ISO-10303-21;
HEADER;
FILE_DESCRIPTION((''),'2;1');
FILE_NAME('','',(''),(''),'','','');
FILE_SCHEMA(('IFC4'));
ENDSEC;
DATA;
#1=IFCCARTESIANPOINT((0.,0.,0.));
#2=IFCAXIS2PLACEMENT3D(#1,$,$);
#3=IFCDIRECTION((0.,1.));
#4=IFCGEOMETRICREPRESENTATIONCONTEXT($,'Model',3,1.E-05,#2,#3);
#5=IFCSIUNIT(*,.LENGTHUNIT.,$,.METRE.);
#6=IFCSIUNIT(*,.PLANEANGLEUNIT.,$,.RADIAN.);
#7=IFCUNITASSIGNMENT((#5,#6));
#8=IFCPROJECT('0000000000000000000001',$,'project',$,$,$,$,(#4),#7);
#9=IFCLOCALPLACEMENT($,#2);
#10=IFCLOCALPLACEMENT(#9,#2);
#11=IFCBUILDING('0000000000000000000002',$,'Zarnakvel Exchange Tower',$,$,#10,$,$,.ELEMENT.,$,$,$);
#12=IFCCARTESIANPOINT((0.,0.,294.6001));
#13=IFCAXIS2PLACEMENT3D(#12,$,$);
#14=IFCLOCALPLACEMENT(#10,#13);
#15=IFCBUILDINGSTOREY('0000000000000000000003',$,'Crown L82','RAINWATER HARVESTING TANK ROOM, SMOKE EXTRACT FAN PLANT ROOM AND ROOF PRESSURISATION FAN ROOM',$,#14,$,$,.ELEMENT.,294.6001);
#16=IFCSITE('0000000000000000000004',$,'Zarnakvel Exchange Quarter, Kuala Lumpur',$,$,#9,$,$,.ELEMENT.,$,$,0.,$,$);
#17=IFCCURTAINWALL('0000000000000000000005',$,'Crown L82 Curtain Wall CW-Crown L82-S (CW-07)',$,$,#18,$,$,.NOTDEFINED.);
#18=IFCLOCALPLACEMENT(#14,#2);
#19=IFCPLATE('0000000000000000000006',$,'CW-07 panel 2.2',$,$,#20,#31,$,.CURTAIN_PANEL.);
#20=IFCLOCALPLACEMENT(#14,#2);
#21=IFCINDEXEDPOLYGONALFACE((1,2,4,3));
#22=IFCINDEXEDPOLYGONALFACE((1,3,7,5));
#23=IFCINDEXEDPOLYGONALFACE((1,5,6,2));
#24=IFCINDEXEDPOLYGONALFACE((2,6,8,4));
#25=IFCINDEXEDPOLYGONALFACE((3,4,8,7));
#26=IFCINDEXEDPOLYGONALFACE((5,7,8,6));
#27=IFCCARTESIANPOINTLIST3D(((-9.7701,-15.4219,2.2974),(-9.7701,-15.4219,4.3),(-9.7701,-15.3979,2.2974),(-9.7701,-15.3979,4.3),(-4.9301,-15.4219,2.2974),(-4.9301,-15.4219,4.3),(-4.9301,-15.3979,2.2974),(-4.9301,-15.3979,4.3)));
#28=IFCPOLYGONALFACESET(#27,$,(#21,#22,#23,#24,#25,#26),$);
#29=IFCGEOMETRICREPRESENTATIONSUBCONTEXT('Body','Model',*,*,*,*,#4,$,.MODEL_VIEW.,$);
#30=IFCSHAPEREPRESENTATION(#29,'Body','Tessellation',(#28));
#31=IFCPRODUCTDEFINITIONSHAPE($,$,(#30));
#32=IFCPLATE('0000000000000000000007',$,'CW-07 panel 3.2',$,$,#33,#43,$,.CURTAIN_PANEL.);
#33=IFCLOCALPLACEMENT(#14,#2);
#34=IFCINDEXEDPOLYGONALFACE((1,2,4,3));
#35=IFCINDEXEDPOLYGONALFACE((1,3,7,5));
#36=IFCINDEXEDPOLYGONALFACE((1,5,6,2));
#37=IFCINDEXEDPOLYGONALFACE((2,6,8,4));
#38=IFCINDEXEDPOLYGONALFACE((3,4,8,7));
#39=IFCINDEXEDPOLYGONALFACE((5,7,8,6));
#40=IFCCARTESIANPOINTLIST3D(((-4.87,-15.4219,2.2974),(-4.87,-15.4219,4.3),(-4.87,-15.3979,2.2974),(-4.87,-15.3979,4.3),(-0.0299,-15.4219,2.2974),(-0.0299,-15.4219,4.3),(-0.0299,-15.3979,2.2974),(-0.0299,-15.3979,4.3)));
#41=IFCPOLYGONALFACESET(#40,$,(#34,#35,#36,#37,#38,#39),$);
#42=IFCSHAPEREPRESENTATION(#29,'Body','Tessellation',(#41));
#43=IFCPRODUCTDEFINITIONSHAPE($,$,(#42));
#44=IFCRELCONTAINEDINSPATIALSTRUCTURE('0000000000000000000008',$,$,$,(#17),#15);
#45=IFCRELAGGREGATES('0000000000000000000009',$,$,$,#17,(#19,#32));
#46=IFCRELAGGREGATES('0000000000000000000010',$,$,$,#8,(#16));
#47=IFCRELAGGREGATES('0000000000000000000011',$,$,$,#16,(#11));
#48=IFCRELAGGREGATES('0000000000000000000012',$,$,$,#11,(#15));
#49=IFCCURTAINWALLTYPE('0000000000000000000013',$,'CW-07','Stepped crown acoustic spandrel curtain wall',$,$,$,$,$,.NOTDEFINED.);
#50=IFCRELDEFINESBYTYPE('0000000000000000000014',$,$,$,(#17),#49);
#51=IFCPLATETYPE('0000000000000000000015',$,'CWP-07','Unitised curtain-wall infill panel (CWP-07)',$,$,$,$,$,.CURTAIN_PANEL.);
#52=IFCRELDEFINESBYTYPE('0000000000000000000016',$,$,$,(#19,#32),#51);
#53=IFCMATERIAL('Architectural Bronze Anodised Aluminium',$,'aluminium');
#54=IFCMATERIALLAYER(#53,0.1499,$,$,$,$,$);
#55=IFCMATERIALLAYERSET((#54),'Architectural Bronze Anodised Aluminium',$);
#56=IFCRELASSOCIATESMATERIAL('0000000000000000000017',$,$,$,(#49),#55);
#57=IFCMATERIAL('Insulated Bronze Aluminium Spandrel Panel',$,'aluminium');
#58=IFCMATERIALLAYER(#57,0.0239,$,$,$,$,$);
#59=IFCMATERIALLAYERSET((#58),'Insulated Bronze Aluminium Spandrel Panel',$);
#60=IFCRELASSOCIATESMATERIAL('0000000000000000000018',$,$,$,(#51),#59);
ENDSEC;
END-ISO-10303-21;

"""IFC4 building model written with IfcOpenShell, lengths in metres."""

from ifc_helpers import new_model, si_unit, direction, frame, origin, origin_2d, place, context, subcontext, project, spatial, rectangle, extrude, source, transform, mapped, material, layer, layer_set, type_object, element, aggregate, save


model = new_model("IFC4")

# Units and contexts
model_context = context("Model", 3, precision=1e-05, world=origin(), true_north=direction((0.0, 1.0)))
body_context = subcontext(model_context, "Body", "Model", "MODEL_VIEW")
ifc_project = project(units=[si_unit("LENGTHUNIT", "METRE"), si_unit("PLANEANGLEUNIT", "RADIAN")], contexts=[model_context])

# Site, building, storey
site_placement = place(None, origin())
site = spatial("IfcSite", under=ifc_project, at=site_placement, Name="Zarnakvel Exchange Quarter, Kuala Lumpur", CompositionType="ELEMENT", RefElevation=0.0)
building_placement = place(site_placement, origin())
building = spatial("IfcBuilding", under=site, at=building_placement, Name="Zarnakvel Exchange Tower", CompositionType="ELEMENT")
storey_placement = place(building_placement, frame((0.0, 0.0, 294.6001)))
storey = spatial("IfcBuildingStorey", under=building, at=storey_placement, Name="Crown L82", Description="RAINWATER HARVESTING TANK ROOM, SMOKE EXTRACT FAN PLANT ROOM AND ROOF PRESSURISATION FAN ROOM", CompositionType="ELEMENT", Elevation=294.6001)

# Curtain wall, plates
ifc_material_1 = material(Name="Architectural Bronze Anodised Aluminium", Category="aluminium")
ifc_layer_1 = layer(ifc_material_1, 0.1499)
ifc_layer_set_1 = layer_set([ifc_layer_1], Name="Architectural Bronze Anodised Aluminium")
curtain_wall_type = type_object("IfcCurtainWallType", Name="CW-07", Description="Stepped crown acoustic spandrel curtain wall", PredefinedType="NOTDEFINED", material=ifc_layer_set_1)
curtain_wall_placement = place(storey_placement, origin())
curtain_wall = element("IfcCurtainWall", 1, at=curtain_wall_placement, inside=storey, type_object=curtain_wall_type, Name="Crown L82 Curtain Wall CW-Crown L82-S (CW-07)", PredefinedType="NOTDEFINED")
ifc_material_2 = material(Name="Insulated Bronze Aluminium Spandrel Panel", Category="aluminium")
ifc_layer_2 = layer(ifc_material_2, 0.0239)
ifc_layer_set_2 = layer_set([ifc_layer_2], Name="Insulated Bronze Aluminium Spandrel Panel")
plate_type = type_object("IfcPlateType", Name="CWP-07", Description="Unitised curtain-wall infill panel (CWP-07)", PredefinedType="CURTAIN_PANEL", material=ifc_layer_set_2)
shared_shape_1 = source(origin(), body_context, "Body", "SweptSolid", [
    extrude(rectangle(XDim=4.8401, YDim=0.0239, at=origin_2d()), origin(), (0.0, 0.0, 1.0), 2.0027),
])
plate_1_placement = place(storey_placement, frame((-7.3501, -15.4099, 2.2974), z_axis=(0.0, 0.0, 1.0), x_axis=(1.0, 0.0, 0.0)))
plate_1 = element("IfcPlate", 2, at=plate_1_placement, type_object=plate_type, Name="CW-07 panel 2.2", PredefinedType="CURTAIN_PANEL", context=body_context, shape_type="MappedRepresentation", body=[
    mapped(shared_shape_1, transform((0.0, 0.0, 0.0), x_axis=(1.0, 0.0, 0.0), y_axis=(0.0, 1.0, 0.0), z_axis=(0.0, 0.0, 1.0), scale=1.0)),
])
plate_2_placement = place(storey_placement, frame((-2.45, -15.4099, 2.2974), z_axis=(0.0, 0.0, 1.0), x_axis=(1.0, 0.0, 0.0)))
plate_2 = element("IfcPlate", 3, at=plate_2_placement, type_object=plate_type, Name="CW-07 panel 3.2", PredefinedType="CURTAIN_PANEL", context=body_context, shape_type="MappedRepresentation", body=[
    mapped(shared_shape_1, transform((0.0, 0.0, 0.0), x_axis=(1.0, 0.0, 0.0), y_axis=(0.0, 1.0, 0.0), z_axis=(0.0, 0.0, 1.0), scale=1.0)),
])
aggregate(curtain_wall, [plate_1, plate_2])

save(model, "model.ifc")
